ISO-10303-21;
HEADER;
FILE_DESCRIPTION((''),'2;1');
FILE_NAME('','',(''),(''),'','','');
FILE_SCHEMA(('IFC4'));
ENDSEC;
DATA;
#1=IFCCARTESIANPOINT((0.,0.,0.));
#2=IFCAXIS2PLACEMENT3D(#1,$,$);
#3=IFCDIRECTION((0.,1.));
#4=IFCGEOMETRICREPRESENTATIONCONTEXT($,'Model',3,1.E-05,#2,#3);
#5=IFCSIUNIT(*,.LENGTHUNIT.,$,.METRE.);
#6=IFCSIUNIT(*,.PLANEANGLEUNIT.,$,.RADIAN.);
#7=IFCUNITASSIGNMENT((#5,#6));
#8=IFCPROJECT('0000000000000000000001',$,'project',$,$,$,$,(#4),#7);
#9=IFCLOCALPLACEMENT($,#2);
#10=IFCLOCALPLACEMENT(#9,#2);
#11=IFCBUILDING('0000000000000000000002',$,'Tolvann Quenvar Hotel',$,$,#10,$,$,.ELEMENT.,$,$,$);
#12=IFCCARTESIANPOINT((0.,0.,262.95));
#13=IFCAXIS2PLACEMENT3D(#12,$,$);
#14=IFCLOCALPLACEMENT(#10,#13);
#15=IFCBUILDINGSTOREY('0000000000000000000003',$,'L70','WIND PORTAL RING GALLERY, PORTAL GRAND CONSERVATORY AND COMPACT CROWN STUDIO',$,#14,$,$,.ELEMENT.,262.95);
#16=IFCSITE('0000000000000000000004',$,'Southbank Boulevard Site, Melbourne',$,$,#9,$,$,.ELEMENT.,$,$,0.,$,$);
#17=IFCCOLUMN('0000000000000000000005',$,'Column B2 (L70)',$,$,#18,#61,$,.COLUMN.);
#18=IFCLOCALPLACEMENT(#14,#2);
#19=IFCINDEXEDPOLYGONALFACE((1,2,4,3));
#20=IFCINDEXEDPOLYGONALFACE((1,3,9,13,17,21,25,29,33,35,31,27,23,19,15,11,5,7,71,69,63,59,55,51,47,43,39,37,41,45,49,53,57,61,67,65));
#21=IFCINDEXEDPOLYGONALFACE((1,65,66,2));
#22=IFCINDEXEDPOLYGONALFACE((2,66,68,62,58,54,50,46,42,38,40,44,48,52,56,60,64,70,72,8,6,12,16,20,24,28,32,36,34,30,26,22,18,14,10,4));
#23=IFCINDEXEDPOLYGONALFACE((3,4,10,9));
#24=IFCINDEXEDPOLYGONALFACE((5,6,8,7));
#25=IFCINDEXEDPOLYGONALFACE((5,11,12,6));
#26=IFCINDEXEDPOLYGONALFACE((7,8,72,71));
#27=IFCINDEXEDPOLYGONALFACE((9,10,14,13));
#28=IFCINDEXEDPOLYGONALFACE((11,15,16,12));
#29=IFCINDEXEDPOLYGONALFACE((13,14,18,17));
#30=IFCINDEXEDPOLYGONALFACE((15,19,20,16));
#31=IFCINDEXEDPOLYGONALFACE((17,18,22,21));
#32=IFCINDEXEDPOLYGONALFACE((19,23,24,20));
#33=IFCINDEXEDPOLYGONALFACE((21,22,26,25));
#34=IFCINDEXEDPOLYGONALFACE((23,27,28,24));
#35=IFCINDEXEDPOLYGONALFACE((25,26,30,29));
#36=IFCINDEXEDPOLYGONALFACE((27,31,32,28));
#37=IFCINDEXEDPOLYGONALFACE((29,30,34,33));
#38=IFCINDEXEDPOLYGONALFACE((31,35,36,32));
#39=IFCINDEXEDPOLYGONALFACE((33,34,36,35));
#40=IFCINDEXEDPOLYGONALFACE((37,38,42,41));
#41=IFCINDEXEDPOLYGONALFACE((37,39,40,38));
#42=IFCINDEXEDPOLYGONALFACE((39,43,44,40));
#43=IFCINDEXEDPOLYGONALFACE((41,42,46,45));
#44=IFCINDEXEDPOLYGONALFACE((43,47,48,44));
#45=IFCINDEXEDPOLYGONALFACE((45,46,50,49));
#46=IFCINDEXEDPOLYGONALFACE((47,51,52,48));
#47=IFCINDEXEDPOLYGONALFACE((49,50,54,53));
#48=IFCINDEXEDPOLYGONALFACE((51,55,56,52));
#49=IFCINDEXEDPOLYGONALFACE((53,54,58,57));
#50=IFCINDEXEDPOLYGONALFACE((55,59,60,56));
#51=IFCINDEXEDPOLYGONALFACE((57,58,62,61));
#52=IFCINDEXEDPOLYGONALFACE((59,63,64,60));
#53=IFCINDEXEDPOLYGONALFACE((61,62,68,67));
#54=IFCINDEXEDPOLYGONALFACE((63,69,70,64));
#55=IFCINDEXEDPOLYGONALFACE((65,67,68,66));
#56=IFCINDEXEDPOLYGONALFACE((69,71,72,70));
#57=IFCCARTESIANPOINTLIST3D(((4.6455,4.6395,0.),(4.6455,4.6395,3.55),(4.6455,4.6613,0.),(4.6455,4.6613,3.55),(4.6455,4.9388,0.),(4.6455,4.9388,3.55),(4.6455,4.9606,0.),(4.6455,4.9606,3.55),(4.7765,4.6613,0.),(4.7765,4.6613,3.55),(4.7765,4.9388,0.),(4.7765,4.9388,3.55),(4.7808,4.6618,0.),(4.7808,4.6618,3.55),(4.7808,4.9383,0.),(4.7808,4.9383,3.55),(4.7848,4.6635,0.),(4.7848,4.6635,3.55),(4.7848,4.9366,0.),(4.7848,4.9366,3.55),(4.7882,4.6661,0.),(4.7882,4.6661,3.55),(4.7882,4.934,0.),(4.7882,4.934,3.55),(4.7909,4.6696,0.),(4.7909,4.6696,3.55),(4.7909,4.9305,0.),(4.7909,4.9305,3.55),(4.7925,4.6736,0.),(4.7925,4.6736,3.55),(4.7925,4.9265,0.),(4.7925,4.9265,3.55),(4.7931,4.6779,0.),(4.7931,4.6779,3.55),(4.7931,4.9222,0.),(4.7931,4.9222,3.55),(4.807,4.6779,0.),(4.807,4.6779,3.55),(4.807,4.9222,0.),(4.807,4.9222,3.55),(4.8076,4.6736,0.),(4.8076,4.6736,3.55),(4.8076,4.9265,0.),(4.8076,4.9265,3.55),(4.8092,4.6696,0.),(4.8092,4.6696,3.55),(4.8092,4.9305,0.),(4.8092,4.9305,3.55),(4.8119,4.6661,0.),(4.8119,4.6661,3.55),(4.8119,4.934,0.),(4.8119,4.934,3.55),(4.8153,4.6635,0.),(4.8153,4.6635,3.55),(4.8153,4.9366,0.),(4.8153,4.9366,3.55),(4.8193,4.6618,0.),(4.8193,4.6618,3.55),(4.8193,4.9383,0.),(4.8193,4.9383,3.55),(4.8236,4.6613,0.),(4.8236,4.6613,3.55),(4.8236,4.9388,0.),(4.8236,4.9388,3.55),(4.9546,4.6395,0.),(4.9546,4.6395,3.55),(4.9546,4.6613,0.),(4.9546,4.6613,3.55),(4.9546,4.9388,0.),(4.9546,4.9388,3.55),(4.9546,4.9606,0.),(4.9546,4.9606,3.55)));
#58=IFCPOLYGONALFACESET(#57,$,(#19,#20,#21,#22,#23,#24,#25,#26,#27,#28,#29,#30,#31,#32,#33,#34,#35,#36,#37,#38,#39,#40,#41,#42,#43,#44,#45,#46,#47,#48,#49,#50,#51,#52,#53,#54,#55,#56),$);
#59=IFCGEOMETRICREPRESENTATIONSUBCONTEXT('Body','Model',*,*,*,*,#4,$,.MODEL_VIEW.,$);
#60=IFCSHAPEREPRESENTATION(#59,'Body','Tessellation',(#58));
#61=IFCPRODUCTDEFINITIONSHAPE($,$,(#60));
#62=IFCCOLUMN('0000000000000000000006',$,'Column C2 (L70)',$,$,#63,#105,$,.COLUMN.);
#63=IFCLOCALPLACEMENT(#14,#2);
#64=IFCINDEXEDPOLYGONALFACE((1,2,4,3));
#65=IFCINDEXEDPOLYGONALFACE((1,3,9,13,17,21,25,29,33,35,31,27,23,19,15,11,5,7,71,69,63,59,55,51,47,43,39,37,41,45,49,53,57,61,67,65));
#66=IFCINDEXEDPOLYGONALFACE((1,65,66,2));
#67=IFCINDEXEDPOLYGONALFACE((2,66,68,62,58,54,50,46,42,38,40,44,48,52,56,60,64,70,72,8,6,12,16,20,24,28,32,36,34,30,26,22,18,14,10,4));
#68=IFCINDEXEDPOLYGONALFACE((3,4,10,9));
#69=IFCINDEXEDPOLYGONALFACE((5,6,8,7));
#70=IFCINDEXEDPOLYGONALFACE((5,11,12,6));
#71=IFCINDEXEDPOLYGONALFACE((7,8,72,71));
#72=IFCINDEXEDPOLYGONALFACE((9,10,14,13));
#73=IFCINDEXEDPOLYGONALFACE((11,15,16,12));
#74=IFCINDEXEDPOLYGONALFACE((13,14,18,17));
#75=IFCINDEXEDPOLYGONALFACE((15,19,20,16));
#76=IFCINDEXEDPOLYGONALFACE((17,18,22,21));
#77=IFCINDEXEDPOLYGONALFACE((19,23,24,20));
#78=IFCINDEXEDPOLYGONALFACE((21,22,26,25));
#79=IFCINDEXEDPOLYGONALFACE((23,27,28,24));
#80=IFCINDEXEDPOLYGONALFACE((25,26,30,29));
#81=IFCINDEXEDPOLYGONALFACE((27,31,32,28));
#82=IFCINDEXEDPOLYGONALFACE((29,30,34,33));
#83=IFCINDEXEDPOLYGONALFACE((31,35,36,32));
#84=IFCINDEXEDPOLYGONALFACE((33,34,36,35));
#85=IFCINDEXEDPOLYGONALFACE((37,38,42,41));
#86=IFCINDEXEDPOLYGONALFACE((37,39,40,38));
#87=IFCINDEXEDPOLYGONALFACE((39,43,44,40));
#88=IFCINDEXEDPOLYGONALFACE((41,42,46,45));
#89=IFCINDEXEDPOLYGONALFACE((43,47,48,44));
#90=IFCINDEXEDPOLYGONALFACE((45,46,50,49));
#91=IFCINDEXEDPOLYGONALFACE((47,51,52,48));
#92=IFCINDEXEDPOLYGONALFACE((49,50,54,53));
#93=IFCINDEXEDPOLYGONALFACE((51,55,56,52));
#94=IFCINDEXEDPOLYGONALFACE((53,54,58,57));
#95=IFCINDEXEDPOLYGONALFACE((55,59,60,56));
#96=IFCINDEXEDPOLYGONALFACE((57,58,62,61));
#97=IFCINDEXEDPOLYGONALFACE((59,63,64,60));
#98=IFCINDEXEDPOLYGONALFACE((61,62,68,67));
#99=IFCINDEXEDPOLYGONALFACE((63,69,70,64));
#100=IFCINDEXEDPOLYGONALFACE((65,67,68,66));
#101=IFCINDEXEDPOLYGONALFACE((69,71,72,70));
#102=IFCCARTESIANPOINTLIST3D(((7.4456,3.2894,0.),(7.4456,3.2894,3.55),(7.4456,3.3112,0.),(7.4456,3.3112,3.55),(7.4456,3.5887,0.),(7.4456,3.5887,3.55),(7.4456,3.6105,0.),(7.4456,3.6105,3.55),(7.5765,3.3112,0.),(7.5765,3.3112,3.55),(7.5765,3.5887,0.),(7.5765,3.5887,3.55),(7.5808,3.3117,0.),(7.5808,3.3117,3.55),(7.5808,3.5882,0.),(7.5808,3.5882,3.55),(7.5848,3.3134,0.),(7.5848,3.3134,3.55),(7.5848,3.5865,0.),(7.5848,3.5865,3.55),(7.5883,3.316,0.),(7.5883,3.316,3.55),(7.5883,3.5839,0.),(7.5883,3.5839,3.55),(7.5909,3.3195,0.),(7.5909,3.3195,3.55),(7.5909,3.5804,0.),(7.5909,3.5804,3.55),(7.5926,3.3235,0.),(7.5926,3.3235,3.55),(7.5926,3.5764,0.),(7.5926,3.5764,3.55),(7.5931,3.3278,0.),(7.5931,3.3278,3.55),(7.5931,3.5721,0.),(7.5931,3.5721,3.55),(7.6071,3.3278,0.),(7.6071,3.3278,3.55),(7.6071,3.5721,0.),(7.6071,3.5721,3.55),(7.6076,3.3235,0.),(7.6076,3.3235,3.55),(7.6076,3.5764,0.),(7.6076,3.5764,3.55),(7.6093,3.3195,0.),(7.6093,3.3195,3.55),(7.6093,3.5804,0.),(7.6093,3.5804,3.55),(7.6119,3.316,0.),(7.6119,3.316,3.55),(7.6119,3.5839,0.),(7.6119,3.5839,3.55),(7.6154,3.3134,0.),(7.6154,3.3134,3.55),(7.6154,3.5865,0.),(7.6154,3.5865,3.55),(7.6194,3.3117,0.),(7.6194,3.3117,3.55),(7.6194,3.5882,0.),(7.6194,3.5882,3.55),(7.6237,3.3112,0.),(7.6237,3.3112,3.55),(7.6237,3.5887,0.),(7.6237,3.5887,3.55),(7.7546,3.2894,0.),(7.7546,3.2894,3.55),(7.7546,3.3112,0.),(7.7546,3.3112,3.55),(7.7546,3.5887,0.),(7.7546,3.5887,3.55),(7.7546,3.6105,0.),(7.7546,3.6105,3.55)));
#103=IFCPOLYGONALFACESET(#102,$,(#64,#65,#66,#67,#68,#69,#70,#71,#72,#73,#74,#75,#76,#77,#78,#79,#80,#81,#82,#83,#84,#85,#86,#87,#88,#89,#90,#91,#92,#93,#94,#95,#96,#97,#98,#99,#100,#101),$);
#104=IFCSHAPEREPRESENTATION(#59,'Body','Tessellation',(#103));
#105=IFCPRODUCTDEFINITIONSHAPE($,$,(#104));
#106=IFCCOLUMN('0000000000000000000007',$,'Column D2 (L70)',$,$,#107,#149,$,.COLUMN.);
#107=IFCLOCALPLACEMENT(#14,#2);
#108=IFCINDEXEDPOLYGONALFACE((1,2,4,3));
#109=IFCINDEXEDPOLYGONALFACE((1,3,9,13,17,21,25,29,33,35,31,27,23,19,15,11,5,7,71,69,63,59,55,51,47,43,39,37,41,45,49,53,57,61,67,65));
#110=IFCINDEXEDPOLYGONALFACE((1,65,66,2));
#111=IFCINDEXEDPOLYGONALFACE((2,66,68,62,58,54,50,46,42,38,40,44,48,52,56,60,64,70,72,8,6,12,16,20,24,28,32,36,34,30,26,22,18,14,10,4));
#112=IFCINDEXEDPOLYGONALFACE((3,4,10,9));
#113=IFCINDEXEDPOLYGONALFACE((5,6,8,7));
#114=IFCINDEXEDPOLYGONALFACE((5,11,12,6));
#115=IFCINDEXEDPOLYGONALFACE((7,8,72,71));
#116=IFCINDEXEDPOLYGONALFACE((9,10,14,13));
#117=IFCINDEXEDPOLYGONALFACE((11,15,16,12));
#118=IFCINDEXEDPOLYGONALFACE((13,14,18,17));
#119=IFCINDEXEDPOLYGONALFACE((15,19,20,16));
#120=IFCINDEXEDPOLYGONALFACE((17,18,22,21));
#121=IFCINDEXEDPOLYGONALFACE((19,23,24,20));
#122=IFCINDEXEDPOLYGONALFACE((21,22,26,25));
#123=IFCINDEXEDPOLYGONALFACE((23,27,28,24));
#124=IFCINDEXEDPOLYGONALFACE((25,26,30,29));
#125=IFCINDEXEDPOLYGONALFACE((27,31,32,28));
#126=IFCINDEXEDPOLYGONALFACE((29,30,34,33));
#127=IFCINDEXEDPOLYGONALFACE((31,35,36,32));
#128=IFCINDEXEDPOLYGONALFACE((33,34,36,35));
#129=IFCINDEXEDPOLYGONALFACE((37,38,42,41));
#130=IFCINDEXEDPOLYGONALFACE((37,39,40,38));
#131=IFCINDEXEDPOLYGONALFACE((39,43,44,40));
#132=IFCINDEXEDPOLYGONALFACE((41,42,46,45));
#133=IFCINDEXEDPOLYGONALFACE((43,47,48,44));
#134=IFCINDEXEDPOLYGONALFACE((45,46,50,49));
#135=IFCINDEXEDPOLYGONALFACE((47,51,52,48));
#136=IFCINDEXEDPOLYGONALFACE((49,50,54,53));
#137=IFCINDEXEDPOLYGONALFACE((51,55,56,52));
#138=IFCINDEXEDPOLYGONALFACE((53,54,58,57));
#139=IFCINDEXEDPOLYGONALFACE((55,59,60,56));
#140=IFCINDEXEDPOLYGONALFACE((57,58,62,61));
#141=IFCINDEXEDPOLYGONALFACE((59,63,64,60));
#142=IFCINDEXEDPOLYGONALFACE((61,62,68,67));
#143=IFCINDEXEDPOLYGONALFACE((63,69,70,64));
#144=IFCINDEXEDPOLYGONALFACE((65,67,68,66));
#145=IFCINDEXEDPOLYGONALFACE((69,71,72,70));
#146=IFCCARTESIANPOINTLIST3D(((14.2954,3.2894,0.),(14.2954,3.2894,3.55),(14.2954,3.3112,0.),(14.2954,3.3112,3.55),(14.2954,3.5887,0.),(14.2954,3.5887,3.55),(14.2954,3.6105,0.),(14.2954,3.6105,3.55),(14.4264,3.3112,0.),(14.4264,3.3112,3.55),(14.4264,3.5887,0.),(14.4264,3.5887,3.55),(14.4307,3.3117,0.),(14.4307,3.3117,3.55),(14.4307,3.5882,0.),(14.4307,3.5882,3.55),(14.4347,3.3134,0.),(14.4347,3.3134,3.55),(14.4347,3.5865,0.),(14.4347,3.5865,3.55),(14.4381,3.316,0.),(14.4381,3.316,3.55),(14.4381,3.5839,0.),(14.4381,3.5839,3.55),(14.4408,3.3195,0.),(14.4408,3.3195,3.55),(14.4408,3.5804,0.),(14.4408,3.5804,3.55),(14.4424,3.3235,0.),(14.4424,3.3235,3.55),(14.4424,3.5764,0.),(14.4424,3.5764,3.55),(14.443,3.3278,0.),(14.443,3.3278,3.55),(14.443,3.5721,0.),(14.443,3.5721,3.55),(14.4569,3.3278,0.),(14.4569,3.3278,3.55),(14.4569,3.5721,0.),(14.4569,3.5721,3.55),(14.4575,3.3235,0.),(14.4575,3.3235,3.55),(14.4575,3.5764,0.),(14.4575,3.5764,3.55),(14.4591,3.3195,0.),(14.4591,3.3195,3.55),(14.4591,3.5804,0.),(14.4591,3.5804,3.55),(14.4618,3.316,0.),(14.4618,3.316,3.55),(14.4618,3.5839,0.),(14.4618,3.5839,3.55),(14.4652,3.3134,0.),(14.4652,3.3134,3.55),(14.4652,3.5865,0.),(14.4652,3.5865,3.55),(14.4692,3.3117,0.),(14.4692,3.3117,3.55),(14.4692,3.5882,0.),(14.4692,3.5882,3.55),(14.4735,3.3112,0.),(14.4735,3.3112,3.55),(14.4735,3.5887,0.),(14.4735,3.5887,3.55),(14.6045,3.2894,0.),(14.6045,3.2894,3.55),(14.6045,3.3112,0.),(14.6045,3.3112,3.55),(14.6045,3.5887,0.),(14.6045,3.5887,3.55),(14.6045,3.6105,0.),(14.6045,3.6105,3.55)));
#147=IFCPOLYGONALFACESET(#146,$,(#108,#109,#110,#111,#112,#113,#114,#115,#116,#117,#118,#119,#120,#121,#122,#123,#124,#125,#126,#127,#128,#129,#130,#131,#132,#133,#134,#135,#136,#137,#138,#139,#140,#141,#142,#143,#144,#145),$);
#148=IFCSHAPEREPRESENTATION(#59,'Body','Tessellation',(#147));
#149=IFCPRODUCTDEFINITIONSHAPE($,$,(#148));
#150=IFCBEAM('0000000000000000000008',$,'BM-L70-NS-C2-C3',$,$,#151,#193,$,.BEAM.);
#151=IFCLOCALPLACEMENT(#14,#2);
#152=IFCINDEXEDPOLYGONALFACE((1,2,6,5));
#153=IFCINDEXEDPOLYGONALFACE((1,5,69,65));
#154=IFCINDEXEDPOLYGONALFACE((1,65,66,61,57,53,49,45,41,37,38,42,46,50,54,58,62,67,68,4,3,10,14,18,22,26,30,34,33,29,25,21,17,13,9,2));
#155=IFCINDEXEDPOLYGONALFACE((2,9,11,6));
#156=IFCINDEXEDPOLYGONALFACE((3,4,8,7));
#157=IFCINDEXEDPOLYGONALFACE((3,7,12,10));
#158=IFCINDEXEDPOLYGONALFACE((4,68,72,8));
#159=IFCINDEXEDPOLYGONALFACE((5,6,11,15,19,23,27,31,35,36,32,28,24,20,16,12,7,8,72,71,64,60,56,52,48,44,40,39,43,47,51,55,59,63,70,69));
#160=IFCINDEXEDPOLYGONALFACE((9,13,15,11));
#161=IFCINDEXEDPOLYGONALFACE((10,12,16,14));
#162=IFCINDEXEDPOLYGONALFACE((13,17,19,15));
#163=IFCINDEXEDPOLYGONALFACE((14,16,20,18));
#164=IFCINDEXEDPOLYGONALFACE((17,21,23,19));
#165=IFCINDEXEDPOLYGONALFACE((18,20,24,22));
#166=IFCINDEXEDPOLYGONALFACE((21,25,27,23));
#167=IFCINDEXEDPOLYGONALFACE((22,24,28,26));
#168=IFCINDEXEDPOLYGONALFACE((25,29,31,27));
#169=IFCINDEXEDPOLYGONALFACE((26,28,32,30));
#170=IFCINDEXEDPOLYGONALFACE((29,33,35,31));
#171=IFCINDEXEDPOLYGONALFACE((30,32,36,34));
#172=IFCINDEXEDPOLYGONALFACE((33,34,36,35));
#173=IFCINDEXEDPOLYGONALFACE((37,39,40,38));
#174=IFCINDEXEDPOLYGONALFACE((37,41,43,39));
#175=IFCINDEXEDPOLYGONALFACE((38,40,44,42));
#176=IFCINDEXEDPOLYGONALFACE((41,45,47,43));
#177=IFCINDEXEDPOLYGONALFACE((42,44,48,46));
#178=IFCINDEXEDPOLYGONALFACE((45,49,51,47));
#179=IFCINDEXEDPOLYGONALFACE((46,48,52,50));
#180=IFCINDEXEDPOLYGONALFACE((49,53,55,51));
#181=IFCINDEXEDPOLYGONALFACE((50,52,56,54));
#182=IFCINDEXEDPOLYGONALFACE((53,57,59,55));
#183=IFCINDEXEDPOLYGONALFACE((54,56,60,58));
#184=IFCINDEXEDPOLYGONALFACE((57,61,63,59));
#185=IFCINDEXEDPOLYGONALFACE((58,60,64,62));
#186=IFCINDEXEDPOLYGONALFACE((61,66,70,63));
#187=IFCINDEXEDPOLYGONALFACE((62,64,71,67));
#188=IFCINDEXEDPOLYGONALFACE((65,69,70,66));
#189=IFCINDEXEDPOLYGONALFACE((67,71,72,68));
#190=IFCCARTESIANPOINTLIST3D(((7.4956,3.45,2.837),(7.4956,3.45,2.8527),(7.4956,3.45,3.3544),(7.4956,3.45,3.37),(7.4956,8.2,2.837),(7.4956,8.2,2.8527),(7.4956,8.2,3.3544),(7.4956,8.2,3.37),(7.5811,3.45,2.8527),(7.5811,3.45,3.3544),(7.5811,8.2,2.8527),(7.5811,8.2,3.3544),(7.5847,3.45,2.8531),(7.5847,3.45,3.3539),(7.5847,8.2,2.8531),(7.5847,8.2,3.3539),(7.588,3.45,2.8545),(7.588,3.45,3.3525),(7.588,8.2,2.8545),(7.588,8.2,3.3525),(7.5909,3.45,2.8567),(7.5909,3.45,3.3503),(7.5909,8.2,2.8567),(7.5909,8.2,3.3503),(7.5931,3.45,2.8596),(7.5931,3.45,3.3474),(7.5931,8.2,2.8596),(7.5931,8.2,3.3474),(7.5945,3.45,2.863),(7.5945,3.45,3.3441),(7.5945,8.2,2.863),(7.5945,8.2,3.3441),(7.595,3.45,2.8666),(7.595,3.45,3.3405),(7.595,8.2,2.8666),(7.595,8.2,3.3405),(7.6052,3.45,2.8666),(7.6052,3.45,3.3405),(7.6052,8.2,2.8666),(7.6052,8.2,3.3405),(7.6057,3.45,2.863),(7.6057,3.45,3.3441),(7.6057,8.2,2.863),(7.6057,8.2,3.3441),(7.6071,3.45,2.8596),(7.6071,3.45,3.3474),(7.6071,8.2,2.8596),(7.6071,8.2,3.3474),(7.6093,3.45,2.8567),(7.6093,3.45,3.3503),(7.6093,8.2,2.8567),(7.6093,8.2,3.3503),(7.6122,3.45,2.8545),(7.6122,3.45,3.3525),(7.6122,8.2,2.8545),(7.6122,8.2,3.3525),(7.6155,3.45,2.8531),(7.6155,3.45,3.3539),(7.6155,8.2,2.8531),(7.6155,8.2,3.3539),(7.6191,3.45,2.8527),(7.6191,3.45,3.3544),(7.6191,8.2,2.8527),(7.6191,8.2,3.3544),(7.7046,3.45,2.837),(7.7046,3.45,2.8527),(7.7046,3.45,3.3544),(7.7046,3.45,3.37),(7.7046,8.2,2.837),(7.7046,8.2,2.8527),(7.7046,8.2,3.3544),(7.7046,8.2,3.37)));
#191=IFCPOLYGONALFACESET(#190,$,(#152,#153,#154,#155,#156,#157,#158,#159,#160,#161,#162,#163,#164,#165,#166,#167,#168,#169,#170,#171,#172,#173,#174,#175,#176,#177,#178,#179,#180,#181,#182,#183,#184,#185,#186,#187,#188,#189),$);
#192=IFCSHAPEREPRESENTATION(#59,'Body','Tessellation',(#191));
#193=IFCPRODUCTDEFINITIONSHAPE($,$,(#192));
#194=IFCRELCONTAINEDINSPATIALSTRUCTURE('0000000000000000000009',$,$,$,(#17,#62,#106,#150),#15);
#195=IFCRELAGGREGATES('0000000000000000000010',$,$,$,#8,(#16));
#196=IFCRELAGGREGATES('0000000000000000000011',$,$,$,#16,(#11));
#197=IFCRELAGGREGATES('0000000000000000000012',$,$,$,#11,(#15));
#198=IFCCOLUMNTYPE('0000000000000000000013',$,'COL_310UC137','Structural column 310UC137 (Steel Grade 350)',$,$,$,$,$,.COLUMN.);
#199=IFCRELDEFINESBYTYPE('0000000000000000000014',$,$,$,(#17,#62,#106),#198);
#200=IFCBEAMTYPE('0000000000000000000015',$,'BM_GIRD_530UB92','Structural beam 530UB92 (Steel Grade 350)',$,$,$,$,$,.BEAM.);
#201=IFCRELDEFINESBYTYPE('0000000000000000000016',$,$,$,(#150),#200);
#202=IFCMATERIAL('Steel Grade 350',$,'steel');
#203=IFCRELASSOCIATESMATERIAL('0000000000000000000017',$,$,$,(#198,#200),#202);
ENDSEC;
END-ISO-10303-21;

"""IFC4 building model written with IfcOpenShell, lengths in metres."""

from ifc_helpers import new_model, si_unit, direction, frame, origin, origin_2d, place, context, subcontext, project, spatial, i_section, extrude, source, transform, mapped, material, material_profile, profile_set, type_object, type_shapes, element, save


model = new_model("IFC4")

# Units and contexts
model_context = context("Model", 3, precision=1e-05, world=origin(), true_north=direction((0.0, 1.0)))
body_context = subcontext(model_context, "Body", "Model", "MODEL_VIEW")
ifc_project = project(units=[si_unit("LENGTHUNIT", "METRE"), si_unit("PLANEANGLEUNIT", "RADIAN")], contexts=[model_context])

# Site, building, storey
site_placement = place(None, origin())
site = spatial("IfcSite", under=ifc_project, at=site_placement, Name="Southbank Boulevard Site, Melbourne", CompositionType="ELEMENT", RefElevation=0.0)
building_placement = place(site_placement, origin())
building = spatial("IfcBuilding", under=site, at=building_placement, Name="Tolvann Quenvar Hotel", CompositionType="ELEMENT")
storey_placement = place(building_placement, frame((0.0, 0.0, 262.95)))
storey = spatial("IfcBuildingStorey", under=building, at=storey_placement, Name="L70", Description="WIND PORTAL RING GALLERY, PORTAL GRAND CONSERVATORY AND COMPACT CROWN STUDIO", CompositionType="ELEMENT", Elevation=262.95)

# Columns
ifc_material_1 = material(Name="Steel Grade 350", Category="steel")
ifc_material_profile_1 = material_profile(ifc_material_1, i_section(OverallWidth=0.3091, OverallDepth=0.321, WebThickness=0.0139, FlangeThickness=0.0217, FilletRadius=0.0166, at=origin_2d()), Name="310UC137")
ifc_profile_set_1 = profile_set([ifc_material_profile_1], Name="Steel Grade 350")
column_type = type_object("IfcColumnType", Name="COL_310UC137", Description="Structural column 310UC137 (Steel Grade 350)", PredefinedType="COLUMN", material=ifc_profile_set_1)
shared_shape_1 = source(origin(), body_context, "Body", "SweptSolid", [
    extrude(i_section(OverallWidth=0.3091, OverallDepth=0.321, WebThickness=0.0139, FlangeThickness=0.0217, FilletRadius=0.0166, at=origin_2d()), origin(), (0.0, 0.0, 1.0), 3.55),
])
type_shapes(column_type, [shared_shape_1])
for number, where, z_axis, x_axis, name in (
    (1, (4.8, 4.8, 0.0), (0.0, 0.0, 1.0), (1.0, 0.0, 0.0), "Column B2 (L70)"),
    (2, (7.6001, 3.45, 0.0), (0.0, 0.0, 1.0), (1.0, 0.0, 0.0), "Column C2 (L70)"),
    (3, (14.45, 3.45, 0.0), (0.0, 0.0, 1.0), (1.0, 0.0, 0.0), "Column D2 (L70)"),
):
    element("IfcColumn", number, at=place(storey_placement, frame(where, z_axis=z_axis, x_axis=x_axis)), inside=storey, type_object=column_type, Name=name, PredefinedType="COLUMN", context=body_context, shape_type="MappedRepresentation", body=[
        mapped(shared_shape_1, transform((0.0, 0.0, 0.0), x_axis=(1.0, 0.0, 0.0), y_axis=(0.0, 1.0, 0.0), z_axis=(0.0, 0.0, 1.0), scale=1.0)),
    ])

# Beam
ifc_material_profile_2 = material_profile(ifc_material_1, i_section(OverallWidth=0.209, OverallDepth=0.533, WebThickness=0.0103, FlangeThickness=0.0156, FilletRadius=0.0139, at=origin_2d()), Name="530UB92")
ifc_profile_set_2 = profile_set([ifc_material_profile_2], Name="Steel Grade 350")
beam_type_1 = type_object("IfcBeamType", Name="BM_GIRD_530UB92", Description="Structural beam 530UB92 (Steel Grade 350)", PredefinedType="BEAM", material=ifc_profile_set_2)
shared_shape_2 = source(origin(), body_context, "Body", "SweptSolid", [
    extrude(i_section(OverallWidth=0.209, OverallDepth=0.533, WebThickness=0.0103, FlangeThickness=0.0156, FilletRadius=0.0139, at=origin_2d()), origin(), (0.0, 0.0, 1.0), 4.75),
])
type_shapes(beam_type_1, [shared_shape_2])
for number, where, z_axis, x_axis, name in (
    (4, (7.6001, 3.45, 3.1035), (0.0, 1.0, 0.0), (-1.0, 0.0, 0.0), "BM-L70-NS-C2-C3"),
):
    element("IfcBeam", number, at=place(storey_placement, frame(where, z_axis=z_axis, x_axis=x_axis)), inside=storey, type_object=beam_type_1, Name=name, PredefinedType="BEAM", context=body_context, shape_type="MappedRepresentation", body=[
        mapped(shared_shape_2, transform((0.0, 0.0, 0.0), x_axis=(1.0, 0.0, 0.0), y_axis=(0.0, 1.0, 0.0), z_axis=(0.0, 0.0, 1.0), scale=1.0)),
    ])

save(model, "model.ifc")
